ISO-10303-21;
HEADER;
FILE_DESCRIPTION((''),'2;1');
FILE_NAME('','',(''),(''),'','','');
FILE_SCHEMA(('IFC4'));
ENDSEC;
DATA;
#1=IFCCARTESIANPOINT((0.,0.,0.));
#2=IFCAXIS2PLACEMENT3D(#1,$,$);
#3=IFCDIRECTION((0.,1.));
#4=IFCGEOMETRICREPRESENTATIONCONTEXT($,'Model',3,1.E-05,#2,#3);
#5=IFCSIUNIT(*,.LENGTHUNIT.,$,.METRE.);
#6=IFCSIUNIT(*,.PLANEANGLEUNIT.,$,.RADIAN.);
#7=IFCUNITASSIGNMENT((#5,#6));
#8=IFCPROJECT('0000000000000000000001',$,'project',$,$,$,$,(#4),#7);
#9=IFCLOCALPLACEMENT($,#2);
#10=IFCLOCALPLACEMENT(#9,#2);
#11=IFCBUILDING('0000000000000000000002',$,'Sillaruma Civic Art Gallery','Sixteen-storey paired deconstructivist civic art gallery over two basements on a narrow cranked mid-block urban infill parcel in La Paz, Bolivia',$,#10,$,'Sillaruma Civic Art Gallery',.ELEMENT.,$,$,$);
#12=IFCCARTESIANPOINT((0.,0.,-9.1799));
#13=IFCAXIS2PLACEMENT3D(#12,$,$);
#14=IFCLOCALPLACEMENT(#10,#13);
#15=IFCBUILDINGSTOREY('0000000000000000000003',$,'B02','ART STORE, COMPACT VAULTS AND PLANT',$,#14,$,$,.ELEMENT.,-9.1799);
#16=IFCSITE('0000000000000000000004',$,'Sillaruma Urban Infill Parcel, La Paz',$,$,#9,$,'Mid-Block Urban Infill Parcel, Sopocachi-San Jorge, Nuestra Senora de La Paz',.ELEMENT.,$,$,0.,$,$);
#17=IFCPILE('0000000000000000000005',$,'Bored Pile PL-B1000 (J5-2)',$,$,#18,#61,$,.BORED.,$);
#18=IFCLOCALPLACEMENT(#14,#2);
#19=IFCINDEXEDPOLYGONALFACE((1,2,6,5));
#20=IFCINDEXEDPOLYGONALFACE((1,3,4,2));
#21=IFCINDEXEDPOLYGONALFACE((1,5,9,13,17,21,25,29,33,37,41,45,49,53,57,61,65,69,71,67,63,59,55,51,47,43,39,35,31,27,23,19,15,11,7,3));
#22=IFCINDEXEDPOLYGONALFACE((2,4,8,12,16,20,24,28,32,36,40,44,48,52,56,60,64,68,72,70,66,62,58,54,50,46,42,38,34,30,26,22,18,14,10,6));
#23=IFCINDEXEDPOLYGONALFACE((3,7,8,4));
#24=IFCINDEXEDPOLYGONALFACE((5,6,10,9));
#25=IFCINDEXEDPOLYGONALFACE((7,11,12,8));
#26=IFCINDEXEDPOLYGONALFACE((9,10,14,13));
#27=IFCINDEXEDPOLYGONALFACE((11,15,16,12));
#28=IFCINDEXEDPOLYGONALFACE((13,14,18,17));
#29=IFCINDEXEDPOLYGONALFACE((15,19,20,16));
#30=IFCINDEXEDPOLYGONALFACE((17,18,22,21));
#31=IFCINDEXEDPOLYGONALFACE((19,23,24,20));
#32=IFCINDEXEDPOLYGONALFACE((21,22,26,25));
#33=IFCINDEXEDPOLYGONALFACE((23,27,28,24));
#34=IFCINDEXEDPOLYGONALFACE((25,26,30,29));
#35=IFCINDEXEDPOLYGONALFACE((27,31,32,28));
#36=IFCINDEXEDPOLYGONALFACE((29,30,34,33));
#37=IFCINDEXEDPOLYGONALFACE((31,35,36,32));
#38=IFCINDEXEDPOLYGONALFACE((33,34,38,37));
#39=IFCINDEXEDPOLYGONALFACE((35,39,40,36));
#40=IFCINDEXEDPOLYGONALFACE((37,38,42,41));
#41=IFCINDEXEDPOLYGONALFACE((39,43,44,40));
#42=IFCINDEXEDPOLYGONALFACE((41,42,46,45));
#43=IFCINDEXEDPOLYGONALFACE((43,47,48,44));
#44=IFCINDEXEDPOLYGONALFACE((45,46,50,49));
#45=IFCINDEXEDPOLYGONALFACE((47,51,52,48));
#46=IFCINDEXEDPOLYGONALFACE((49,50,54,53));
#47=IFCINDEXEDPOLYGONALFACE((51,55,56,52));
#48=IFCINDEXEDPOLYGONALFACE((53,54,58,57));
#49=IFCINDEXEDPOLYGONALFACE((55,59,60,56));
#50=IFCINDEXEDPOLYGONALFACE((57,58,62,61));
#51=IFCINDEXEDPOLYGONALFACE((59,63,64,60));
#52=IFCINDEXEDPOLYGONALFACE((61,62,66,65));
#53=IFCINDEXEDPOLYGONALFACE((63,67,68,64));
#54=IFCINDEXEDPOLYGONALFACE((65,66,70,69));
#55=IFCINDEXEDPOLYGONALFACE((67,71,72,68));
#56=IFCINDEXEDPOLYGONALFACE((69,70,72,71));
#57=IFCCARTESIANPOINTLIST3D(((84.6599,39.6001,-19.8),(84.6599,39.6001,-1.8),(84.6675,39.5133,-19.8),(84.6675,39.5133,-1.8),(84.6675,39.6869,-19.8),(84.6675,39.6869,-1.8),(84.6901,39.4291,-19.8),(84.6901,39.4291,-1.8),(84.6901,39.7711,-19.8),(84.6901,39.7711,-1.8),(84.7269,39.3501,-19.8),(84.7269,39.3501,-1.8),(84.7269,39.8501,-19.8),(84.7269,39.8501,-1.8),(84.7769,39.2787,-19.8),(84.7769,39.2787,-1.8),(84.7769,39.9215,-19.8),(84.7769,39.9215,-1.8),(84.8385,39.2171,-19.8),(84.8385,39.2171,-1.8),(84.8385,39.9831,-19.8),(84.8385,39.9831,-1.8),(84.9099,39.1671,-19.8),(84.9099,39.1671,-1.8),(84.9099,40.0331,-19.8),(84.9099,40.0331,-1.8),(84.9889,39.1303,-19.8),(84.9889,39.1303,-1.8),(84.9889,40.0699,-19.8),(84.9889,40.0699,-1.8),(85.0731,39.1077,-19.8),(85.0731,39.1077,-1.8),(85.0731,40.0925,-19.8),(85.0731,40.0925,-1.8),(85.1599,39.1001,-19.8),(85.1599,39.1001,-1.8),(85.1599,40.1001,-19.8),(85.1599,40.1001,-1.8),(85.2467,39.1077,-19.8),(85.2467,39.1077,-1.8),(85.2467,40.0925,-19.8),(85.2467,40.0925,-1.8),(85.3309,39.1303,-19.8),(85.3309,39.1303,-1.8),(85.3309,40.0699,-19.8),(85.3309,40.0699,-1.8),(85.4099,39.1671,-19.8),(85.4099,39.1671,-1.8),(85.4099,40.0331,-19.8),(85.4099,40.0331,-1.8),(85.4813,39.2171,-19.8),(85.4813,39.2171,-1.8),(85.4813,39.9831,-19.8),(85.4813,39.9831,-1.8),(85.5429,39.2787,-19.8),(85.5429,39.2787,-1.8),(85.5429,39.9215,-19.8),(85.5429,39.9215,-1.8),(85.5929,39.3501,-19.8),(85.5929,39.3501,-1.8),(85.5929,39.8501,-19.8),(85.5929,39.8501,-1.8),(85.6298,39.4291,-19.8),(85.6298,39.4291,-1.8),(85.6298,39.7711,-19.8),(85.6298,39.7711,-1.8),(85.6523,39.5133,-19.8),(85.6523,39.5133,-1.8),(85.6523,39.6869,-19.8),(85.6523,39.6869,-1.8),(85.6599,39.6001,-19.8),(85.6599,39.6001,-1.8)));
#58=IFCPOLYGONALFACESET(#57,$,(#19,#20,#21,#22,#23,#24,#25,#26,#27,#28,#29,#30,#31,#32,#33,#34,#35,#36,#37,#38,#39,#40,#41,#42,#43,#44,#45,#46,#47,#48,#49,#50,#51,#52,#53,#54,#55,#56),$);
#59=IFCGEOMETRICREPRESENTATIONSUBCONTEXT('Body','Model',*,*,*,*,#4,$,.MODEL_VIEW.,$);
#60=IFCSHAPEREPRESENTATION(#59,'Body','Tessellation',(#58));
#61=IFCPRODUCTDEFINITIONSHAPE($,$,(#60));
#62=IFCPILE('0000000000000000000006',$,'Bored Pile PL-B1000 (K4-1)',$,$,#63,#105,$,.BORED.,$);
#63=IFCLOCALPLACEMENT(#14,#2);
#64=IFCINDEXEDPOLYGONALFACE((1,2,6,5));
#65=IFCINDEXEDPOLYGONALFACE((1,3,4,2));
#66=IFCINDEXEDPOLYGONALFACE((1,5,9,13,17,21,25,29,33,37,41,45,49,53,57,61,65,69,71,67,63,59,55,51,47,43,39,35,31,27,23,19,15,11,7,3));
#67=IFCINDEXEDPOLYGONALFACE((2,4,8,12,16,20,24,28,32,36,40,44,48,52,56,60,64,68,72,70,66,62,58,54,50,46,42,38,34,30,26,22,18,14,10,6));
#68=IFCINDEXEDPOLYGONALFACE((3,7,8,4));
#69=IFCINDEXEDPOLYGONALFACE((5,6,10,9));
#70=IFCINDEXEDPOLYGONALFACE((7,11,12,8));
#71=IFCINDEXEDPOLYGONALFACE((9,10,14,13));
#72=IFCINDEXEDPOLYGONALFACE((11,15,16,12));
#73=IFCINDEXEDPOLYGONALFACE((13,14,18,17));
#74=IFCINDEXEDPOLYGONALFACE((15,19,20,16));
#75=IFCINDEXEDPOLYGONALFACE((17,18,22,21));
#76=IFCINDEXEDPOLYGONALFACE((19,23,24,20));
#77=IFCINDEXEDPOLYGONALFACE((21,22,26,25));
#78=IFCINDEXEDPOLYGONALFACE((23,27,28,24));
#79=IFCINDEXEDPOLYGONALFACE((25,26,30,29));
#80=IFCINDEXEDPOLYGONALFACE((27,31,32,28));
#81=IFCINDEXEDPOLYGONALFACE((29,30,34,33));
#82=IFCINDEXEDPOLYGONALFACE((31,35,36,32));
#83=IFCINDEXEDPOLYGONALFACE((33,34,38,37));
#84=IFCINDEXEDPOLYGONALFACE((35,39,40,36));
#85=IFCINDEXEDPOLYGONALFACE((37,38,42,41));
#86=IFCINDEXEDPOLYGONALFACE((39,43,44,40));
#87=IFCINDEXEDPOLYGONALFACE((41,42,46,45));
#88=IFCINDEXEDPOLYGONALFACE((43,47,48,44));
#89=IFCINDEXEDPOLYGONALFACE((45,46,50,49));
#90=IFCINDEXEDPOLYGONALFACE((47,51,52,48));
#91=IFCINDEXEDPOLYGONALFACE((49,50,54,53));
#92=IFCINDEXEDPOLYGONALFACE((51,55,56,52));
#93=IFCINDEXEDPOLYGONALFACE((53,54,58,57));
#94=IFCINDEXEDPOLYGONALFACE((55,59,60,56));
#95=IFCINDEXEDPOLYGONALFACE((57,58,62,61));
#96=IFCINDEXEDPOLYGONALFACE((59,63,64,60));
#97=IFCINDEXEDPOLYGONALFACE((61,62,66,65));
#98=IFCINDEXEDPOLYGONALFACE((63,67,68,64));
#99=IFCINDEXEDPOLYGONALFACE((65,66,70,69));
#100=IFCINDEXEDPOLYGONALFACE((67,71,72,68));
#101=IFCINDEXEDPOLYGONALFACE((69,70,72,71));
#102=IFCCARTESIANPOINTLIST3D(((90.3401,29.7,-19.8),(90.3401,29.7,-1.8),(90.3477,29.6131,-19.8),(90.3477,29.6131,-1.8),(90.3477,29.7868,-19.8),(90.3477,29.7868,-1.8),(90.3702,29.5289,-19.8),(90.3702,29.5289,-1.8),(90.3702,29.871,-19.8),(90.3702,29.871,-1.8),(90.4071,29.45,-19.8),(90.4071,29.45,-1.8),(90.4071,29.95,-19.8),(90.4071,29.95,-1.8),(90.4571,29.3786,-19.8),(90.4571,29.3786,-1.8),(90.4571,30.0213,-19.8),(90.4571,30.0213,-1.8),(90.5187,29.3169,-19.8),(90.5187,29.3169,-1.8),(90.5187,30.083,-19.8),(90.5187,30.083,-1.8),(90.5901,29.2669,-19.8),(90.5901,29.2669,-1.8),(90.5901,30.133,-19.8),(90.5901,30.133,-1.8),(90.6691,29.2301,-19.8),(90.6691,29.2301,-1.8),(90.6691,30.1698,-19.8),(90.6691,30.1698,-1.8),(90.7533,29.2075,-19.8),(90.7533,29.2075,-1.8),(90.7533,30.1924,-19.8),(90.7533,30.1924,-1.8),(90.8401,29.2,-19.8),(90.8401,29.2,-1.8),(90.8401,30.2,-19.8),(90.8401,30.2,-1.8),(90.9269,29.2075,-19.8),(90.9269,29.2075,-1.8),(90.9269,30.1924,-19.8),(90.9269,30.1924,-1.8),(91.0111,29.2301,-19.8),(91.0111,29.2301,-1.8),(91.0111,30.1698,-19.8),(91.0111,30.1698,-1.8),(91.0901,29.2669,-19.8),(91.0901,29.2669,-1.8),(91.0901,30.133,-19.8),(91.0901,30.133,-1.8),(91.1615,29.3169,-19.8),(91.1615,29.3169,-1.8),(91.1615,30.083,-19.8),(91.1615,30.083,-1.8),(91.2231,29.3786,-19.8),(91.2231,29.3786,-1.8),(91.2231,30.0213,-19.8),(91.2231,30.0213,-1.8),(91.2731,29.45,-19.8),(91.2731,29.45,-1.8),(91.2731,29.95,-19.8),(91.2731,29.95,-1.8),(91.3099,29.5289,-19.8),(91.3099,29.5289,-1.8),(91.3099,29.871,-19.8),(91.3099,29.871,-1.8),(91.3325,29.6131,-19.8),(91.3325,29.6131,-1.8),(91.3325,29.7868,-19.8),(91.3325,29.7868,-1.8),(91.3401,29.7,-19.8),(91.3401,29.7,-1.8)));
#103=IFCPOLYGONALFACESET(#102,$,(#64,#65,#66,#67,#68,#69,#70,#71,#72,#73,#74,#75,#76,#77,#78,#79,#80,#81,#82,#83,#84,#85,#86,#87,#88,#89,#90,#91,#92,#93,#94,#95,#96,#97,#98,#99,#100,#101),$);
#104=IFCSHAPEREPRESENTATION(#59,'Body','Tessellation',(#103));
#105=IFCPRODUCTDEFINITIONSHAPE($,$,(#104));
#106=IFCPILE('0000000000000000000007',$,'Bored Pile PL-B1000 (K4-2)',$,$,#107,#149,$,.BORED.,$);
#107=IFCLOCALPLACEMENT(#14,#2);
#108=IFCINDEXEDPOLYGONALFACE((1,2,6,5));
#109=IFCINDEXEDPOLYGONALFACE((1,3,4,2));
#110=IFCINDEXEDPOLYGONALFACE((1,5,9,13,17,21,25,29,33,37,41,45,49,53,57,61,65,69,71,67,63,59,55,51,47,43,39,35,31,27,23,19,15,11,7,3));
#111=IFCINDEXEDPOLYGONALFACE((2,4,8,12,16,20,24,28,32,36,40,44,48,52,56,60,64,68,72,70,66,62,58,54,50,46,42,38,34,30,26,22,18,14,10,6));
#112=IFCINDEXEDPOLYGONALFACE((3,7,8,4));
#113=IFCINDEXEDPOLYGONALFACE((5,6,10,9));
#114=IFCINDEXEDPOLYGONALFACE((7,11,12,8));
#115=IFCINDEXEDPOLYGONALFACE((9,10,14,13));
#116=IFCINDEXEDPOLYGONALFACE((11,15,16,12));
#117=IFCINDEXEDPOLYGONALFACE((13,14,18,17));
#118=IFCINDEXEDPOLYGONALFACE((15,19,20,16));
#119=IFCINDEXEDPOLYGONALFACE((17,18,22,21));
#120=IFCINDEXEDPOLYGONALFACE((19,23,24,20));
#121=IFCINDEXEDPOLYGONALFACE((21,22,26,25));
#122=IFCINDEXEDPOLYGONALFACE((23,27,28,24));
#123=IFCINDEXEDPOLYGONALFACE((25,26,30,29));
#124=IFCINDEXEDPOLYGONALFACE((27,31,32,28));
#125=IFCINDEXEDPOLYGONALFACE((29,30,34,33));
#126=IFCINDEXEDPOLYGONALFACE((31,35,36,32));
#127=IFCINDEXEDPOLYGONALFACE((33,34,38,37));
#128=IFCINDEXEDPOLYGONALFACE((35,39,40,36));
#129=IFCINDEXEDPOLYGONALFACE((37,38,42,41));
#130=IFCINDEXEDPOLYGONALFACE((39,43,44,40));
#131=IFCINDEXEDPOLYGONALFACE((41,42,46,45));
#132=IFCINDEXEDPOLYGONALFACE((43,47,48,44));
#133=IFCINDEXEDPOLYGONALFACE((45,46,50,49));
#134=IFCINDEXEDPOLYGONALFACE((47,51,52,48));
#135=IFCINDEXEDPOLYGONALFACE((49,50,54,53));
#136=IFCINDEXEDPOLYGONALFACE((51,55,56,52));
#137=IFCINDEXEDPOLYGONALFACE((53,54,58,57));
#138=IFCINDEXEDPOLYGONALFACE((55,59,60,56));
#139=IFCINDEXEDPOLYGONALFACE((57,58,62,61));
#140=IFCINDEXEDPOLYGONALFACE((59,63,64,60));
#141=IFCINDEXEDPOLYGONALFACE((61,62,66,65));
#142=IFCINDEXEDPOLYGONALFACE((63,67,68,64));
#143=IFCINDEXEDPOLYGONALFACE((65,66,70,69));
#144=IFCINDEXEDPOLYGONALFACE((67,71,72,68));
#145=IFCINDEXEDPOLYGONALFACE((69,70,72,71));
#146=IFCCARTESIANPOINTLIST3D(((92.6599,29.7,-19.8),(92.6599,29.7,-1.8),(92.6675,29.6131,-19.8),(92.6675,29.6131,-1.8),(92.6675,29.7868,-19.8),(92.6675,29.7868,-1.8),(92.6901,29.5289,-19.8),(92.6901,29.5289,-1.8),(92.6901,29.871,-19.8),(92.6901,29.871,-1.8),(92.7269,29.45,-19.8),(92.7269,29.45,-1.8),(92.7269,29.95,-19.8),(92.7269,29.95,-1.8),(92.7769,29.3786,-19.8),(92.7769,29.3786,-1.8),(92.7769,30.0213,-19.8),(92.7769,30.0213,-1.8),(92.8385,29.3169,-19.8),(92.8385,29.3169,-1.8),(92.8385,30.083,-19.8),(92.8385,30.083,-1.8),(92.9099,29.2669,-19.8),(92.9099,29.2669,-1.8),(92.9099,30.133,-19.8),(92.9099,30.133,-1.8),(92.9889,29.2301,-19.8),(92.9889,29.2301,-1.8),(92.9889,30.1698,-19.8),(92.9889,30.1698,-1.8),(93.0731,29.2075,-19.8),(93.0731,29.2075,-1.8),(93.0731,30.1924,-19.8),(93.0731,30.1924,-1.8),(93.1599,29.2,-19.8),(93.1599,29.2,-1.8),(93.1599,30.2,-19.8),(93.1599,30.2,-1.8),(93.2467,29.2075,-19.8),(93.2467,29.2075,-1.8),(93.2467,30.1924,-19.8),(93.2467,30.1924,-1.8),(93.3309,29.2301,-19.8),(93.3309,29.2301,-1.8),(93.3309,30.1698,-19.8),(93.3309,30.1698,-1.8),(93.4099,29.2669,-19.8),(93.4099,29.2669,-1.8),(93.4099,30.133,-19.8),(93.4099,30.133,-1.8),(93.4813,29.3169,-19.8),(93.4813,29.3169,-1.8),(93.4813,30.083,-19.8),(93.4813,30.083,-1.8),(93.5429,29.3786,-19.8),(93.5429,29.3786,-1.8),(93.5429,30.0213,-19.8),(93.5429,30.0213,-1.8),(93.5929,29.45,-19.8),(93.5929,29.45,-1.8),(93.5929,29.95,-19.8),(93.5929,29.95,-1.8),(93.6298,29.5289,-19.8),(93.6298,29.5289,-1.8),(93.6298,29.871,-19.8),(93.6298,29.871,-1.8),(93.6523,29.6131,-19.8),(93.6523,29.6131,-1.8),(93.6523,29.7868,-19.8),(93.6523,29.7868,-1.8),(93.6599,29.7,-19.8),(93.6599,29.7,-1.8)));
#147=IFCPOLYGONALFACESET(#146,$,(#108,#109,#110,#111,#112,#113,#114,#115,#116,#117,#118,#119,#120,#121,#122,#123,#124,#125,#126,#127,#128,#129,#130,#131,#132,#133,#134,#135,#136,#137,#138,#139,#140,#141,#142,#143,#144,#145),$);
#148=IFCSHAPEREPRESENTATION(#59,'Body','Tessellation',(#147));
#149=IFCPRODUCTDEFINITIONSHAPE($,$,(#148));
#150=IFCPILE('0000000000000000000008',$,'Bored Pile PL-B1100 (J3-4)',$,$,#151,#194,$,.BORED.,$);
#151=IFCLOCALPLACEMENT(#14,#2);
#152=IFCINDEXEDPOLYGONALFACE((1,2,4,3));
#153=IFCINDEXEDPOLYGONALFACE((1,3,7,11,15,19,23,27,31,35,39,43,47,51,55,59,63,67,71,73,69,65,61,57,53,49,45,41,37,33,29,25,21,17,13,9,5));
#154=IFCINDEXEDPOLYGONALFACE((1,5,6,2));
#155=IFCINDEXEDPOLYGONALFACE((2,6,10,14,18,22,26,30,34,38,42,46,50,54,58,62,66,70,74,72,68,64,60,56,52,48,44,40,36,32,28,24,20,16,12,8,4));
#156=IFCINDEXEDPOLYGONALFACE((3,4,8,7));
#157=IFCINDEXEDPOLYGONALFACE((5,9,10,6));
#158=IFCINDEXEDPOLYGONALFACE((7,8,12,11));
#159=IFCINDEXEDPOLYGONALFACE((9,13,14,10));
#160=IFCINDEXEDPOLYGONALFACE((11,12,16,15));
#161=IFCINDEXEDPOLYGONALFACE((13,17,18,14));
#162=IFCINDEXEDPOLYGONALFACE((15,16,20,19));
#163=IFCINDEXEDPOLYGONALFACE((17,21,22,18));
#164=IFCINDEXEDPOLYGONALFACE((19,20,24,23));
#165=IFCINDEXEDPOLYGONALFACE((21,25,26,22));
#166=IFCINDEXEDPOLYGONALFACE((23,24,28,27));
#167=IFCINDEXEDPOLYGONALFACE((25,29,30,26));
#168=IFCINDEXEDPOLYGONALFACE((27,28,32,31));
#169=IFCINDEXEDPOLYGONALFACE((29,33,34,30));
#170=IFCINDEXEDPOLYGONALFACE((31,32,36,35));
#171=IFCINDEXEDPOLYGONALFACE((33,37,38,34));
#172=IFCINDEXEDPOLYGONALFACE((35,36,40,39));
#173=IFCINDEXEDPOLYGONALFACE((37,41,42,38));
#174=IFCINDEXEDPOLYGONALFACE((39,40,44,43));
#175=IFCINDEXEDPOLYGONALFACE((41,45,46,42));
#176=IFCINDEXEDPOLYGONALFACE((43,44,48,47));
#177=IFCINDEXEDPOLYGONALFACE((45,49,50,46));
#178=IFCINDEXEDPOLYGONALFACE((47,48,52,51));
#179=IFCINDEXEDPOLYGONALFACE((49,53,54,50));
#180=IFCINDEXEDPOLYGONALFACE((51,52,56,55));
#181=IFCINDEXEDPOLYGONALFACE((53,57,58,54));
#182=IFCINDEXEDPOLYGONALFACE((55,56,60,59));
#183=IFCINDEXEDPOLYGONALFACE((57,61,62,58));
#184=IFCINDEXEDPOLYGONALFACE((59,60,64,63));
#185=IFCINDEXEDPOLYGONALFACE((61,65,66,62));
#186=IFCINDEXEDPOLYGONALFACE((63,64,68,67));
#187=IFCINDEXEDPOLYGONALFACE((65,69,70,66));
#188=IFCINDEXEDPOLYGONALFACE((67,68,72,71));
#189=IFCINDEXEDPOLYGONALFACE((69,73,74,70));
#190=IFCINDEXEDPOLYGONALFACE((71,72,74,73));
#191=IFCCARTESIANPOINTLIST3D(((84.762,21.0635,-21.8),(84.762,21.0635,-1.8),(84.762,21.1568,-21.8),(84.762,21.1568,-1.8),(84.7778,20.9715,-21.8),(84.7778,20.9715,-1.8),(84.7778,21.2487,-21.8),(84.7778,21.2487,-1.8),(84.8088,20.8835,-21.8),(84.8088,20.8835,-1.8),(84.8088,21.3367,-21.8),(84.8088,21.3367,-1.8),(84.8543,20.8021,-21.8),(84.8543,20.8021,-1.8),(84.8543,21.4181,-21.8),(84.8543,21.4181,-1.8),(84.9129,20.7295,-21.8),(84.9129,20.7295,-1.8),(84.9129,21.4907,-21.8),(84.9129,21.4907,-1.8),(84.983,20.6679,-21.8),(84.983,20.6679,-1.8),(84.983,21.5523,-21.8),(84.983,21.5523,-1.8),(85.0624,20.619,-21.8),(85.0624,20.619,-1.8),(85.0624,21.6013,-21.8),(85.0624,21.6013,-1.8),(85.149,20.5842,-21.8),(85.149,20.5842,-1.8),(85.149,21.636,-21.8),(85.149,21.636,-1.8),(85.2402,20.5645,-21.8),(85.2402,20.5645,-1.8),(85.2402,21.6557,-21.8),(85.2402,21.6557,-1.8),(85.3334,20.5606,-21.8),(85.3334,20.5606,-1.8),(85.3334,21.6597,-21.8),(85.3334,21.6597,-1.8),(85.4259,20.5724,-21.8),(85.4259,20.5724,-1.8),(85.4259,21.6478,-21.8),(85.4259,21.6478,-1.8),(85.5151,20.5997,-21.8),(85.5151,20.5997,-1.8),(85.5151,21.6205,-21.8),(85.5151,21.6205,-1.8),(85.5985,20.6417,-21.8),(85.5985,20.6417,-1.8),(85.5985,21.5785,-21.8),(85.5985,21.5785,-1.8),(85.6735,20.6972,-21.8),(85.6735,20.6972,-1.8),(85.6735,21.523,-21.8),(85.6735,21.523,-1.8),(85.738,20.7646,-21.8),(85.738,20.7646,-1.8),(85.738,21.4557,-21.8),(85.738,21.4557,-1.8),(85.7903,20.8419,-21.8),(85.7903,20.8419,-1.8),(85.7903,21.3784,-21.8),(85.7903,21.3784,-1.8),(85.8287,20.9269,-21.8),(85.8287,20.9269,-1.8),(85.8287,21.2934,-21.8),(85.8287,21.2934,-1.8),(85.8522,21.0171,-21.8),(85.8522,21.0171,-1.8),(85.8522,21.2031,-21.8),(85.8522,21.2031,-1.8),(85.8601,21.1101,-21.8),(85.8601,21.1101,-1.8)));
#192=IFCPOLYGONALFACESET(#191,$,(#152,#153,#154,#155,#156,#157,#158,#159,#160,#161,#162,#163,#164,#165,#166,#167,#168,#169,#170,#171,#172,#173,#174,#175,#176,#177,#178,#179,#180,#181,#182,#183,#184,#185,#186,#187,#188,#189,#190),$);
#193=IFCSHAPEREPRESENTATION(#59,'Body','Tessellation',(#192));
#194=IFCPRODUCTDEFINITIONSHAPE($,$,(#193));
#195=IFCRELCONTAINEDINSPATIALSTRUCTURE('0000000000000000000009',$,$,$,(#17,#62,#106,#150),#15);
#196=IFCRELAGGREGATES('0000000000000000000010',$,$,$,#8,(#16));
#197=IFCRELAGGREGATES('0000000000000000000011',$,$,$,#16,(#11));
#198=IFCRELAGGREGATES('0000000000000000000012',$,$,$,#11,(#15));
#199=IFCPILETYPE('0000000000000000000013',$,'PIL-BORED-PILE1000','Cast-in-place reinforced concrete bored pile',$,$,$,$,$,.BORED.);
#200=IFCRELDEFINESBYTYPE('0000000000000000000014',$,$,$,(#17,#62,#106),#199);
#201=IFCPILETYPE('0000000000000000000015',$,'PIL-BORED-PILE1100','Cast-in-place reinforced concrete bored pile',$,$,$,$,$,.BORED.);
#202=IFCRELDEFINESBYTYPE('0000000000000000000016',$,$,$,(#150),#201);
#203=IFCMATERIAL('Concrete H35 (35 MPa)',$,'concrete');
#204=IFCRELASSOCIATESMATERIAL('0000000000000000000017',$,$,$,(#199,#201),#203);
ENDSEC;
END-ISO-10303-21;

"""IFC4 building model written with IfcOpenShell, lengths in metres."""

from ifc_helpers import new_model, si_unit, direction, frame, origin, origin_2d, place, context, subcontext, project, spatial, circle, extrude, material, material_profile, profile_set, type_object, element, save


model = new_model("IFC4")

# Units and contexts
model_context = context("Model", 3, precision=1e-05, world=origin(), true_north=direction((0.0, 1.0)))
body_context = subcontext(model_context, "Body", "Model", "MODEL_VIEW")
ifc_project = project(units=[si_unit("LENGTHUNIT", "METRE"), si_unit("PLANEANGLEUNIT", "RADIAN")], contexts=[model_context])

# Site, building, storey
site_placement = place(None, origin())
site = spatial("IfcSite", under=ifc_project, at=site_placement, Name="Sillaruma Urban Infill Parcel, La Paz", LongName="Mid-Block Urban Infill Parcel, Sopocachi-San Jorge, Nuestra Senora de La Paz", CompositionType="ELEMENT", RefElevation=0.0)
building_placement = place(site_placement, origin())
building = spatial("IfcBuilding", under=site, at=building_placement, Name="Sillaruma Civic Art Gallery", Description="Sixteen-storey paired deconstructivist civic art gallery over two basements on a narrow cranked mid-block urban infill parcel in La Paz, Bolivia", LongName="Sillaruma Civic Art Gallery", CompositionType="ELEMENT")
storey_placement = place(building_placement, frame((0.0, 0.0, -9.1799)))
storey = spatial("IfcBuildingStorey", under=building, at=storey_placement, Name="B02", Description="ART STORE, COMPACT VAULTS AND PLANT", CompositionType="ELEMENT", Elevation=-9.1799)

# Shared definitions
ifc_material_1 = material(Name="Concrete H35 (35 MPa)", Category="concrete")

# Piles
ifc_material_profile_1 = material_profile(ifc_material_1, circle(Radius=0.5, at=origin_2d()), Name="PILE1000")
ifc_profile_set_1 = profile_set([ifc_material_profile_1], Name="Concrete H35 (35 MPa)")
pile_type_1 = type_object("IfcPileType", Name="PIL-BORED-PILE1000", Description="Cast-in-place reinforced concrete bored pile", PredefinedType="BORED", material=ifc_profile_set_1)
for number, where, z_axis, x_axis, name in (
    (1, (85.1599, 39.6001, -1.8), (0.0, 0.0, -1.0), (1.0, 0.0, 0.0), "Bored Pile PL-B1000 (J5-2)"),
    (2, (90.8401, 29.7, -1.8), (0.0, 0.0, -1.0), (1.0, 0.0, 0.0), "Bored Pile PL-B1000 (K4-1)"),
    (3, (93.1599, 29.7, -1.8), (0.0, 0.0, -1.0), (1.0, 0.0, 0.0), "Bored Pile PL-B1000 (K4-2)"),
):
    element("IfcPile", number, at=place(storey_placement, frame(where, z_axis=z_axis, x_axis=x_axis)), inside=storey, type_object=pile_type_1, Name=name, PredefinedType="BORED", context=body_context, shape_type="SweptSolid", body=[
        extrude(circle(Radius=0.5, at=origin_2d()), origin(), (0.0, 0.0, 1.0), 18.0),
    ])
ifc_material_profile_2 = material_profile(ifc_material_1, circle(Radius=0.55, at=origin_2d()), Name="PILE1100")
ifc_profile_set_2 = profile_set([ifc_material_profile_2], Name="Concrete H35 (35 MPa)")
pile_type_2 = type_object("IfcPileType", Name="PIL-BORED-PILE1100", Description="Cast-in-place reinforced concrete bored pile", PredefinedType="BORED", material=ifc_profile_set_2)
pile_placement = place(storey_placement, frame((85.3101, 21.1101, -1.8), z_axis=(0.0, 0.0, -1.0), x_axis=(1.0, 0.0, 0.0)))
element("IfcPile", 4, at=pile_placement, inside=storey, type_object=pile_type_2, Name="Bored Pile PL-B1100 (J3-4)", PredefinedType="BORED", context=body_context, shape_type="SweptSolid", body=[
    extrude(circle(Radius=0.55, at=origin_2d()), origin(), (0.0, 0.0, 1.0), 20.0),
])

save(model, "model.ifc")
